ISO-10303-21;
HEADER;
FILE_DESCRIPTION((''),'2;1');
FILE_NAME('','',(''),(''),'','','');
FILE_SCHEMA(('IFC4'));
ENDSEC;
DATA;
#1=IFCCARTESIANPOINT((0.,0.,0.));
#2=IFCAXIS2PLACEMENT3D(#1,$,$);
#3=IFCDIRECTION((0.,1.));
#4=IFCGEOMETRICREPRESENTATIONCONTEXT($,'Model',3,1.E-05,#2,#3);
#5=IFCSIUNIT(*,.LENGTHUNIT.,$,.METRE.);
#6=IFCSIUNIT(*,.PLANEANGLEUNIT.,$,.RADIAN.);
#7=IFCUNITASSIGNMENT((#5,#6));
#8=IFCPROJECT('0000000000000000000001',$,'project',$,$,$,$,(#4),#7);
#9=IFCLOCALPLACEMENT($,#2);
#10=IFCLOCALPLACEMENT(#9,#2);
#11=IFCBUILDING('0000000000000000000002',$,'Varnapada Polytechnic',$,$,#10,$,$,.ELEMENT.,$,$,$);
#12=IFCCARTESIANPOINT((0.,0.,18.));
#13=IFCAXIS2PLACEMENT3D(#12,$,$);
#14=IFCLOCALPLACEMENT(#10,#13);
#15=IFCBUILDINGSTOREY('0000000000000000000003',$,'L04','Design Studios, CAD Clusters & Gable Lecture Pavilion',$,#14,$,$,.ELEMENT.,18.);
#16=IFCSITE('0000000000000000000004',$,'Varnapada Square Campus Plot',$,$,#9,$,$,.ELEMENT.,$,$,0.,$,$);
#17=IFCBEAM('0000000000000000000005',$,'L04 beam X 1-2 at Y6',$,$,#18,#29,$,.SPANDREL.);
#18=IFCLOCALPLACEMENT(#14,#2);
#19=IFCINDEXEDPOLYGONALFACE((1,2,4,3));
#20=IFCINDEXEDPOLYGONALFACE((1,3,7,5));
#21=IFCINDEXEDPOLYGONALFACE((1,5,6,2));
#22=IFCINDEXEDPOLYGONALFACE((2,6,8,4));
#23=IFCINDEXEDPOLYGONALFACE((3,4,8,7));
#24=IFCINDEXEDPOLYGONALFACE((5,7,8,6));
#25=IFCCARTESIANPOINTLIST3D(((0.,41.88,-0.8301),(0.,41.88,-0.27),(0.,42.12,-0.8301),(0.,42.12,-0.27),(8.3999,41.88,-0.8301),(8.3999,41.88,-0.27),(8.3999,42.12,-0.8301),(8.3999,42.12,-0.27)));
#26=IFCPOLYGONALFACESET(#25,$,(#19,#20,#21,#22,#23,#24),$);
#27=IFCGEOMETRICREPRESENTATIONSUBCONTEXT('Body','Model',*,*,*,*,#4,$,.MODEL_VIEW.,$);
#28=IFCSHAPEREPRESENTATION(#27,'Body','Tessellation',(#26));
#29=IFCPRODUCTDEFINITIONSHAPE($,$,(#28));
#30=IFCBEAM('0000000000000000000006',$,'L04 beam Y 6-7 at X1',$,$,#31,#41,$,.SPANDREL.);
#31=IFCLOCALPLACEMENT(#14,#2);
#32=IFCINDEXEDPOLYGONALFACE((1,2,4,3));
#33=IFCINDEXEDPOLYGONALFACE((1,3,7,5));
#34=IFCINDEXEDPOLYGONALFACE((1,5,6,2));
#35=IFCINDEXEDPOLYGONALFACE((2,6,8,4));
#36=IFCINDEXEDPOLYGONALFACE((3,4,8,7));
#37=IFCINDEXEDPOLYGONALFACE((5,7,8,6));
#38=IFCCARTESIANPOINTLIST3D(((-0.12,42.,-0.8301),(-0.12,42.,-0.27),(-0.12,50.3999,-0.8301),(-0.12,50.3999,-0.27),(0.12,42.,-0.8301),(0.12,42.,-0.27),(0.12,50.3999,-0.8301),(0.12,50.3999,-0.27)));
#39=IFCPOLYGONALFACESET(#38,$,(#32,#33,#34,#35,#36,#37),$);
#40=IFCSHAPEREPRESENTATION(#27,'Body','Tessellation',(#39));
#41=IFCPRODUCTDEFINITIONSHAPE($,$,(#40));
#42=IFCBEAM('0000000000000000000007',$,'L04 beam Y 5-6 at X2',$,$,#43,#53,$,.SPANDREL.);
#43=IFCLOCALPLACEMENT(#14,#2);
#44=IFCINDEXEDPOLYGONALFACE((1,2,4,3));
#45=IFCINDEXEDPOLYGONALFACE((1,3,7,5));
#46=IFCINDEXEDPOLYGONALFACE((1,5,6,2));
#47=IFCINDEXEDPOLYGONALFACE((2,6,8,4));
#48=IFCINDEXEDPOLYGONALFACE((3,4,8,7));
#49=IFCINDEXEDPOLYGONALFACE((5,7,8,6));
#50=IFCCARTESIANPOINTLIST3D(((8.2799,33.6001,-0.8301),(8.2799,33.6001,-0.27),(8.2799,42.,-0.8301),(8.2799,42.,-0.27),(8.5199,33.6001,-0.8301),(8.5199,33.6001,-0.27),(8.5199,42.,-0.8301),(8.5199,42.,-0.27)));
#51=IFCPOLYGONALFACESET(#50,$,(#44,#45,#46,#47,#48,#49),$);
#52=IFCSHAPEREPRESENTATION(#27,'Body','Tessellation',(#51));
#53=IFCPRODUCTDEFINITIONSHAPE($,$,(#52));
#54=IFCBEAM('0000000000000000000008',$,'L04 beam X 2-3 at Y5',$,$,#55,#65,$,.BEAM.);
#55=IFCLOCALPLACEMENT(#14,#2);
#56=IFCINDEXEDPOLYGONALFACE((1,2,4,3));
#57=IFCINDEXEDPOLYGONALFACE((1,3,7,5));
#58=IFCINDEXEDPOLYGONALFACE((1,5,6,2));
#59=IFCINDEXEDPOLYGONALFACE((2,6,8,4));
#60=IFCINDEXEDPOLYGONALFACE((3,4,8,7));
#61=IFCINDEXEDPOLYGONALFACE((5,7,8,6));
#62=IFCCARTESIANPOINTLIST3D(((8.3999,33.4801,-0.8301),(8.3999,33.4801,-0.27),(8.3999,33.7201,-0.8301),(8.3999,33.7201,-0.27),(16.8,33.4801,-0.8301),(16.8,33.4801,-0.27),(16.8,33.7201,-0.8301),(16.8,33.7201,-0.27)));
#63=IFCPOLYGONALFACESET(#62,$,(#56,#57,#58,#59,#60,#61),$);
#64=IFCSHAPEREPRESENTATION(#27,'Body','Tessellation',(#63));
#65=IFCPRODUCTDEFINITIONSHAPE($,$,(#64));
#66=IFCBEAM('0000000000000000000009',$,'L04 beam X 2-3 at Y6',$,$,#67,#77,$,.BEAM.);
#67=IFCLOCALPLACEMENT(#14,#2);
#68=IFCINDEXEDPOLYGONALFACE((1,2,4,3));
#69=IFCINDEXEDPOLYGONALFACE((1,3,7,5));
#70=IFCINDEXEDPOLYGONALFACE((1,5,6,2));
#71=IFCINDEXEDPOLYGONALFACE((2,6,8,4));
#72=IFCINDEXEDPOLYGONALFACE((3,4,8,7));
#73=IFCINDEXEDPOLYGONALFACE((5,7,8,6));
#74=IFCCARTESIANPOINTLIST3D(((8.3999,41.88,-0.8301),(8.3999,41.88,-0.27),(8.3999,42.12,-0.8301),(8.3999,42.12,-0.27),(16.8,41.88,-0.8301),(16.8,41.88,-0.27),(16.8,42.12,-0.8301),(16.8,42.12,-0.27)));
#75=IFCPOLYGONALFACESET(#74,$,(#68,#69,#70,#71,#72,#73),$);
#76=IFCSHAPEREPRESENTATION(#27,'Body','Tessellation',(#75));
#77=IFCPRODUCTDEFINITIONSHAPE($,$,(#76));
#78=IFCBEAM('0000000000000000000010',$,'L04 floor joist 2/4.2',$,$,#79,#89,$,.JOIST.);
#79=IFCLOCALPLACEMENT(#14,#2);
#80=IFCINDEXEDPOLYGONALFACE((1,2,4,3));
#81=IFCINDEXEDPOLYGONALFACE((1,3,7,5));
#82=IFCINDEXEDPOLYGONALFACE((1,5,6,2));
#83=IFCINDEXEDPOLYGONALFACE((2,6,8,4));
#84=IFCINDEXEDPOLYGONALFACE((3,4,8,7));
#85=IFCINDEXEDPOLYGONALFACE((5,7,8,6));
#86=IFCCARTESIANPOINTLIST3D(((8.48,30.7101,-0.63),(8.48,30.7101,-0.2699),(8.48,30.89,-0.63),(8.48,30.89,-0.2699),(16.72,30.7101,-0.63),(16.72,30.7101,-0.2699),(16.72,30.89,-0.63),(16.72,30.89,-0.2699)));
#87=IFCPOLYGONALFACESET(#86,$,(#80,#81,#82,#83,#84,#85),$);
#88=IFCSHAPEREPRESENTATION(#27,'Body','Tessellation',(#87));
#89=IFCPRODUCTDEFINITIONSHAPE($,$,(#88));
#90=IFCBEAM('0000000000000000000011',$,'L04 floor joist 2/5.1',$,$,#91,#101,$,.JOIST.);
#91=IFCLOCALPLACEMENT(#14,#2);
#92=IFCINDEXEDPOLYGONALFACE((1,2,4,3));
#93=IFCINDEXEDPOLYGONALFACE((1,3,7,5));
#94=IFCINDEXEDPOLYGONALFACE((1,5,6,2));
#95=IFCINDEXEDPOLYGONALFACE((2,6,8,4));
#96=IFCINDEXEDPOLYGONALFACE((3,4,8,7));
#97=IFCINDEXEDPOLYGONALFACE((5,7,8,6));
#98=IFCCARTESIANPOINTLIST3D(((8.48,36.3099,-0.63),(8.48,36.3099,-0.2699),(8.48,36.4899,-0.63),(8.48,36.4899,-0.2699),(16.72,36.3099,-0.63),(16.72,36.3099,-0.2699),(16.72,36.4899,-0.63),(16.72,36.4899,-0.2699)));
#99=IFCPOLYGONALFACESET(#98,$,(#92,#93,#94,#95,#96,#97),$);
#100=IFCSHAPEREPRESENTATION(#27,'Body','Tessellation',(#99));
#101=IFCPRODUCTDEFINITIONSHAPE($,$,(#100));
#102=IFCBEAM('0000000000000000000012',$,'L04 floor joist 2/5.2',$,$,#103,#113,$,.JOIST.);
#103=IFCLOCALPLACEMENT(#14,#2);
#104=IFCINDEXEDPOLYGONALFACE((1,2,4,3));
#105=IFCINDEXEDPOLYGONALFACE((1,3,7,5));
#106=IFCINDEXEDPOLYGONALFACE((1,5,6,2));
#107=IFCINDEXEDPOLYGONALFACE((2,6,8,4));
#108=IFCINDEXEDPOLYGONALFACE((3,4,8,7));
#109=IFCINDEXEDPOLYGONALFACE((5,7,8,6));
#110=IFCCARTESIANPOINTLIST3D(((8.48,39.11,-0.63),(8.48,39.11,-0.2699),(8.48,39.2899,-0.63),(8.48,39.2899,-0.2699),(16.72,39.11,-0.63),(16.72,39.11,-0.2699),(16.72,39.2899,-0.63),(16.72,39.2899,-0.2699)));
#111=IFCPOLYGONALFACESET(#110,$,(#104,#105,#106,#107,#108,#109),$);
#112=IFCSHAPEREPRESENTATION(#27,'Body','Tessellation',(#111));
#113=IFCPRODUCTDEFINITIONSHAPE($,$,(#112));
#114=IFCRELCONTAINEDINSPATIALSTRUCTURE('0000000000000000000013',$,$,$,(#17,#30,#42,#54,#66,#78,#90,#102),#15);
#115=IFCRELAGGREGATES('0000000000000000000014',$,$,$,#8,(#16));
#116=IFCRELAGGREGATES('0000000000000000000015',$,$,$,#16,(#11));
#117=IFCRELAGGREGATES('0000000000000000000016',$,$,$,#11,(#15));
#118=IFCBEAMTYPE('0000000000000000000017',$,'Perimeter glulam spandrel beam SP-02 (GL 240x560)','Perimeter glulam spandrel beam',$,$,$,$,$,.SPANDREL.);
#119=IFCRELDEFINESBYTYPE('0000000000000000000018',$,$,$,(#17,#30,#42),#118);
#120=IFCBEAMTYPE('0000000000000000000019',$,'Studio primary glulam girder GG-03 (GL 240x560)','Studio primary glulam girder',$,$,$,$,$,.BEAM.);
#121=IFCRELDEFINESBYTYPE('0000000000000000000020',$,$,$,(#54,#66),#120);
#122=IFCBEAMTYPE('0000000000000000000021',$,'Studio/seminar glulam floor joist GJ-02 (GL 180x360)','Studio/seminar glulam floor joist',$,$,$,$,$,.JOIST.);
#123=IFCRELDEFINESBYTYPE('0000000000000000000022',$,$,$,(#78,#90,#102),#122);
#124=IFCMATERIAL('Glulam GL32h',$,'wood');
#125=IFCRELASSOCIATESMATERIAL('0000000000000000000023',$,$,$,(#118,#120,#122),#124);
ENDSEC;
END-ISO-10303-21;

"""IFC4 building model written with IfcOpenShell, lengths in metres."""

from ifc_helpers import new_model, si_unit, direction, frame, origin, origin_2d, place, context, subcontext, project, spatial, rectangle, extrude, material, material_profile, profile_set, type_object, element, save


model = new_model("IFC4")

# Units and contexts
model_context = context("Model", 3, precision=1e-05, world=origin(), true_north=direction((0.0, 1.0)))
body_context = subcontext(model_context, "Body", "Model", "MODEL_VIEW")
ifc_project = project(units=[si_unit("LENGTHUNIT", "METRE"), si_unit("PLANEANGLEUNIT", "RADIAN")], contexts=[model_context])

# Site, building, storey
site_placement = place(None, origin())
site = spatial("IfcSite", under=ifc_project, at=site_placement, Name="Varnapada Square Campus Plot", CompositionType="ELEMENT", RefElevation=0.0)
building_placement = place(site_placement, origin())
building = spatial("IfcBuilding", under=site, at=building_placement, Name="Varnapada Polytechnic", CompositionType="ELEMENT")
storey_placement = place(building_placement, frame((0.0, 0.0, 18.0)))
storey = spatial("IfcBuildingStorey", under=building, at=storey_placement, Name="L04", Description="Design Studios, CAD Clusters & Gable Lecture Pavilion", CompositionType="ELEMENT", Elevation=18.0)

# Beams
ifc_material_1 = material(Name="Glulam GL32h", Category="wood")
ifc_material_profile_1 = material_profile(ifc_material_1, rectangle(XDim=0.24, YDim=0.5601, at=origin_2d()), Name="GL 240x560")
ifc_profile_set_1 = profile_set([ifc_material_profile_1], Name="Glulam GL32h")
beam_type_1 = type_object("IfcBeamType", Name="Perimeter glulam spandrel beam SP-02 (GL 240x560)", Description="Perimeter glulam spandrel beam", PredefinedType="SPANDREL", material=ifc_profile_set_1)
for number, where, z_axis, x_axis, name in (
    (1, (0.0, 42.0, -0.55), (1.0, 0.0, 0.0), (0.0, 1.0, 0.0), "L04 beam X 1-2 at Y6"),
    (2, (0.0, 42.0, -0.55), (0.0, 1.0, 0.0), (-1.0, 0.0, 0.0), "L04 beam Y 6-7 at X1"),
    (3, (8.3999, 33.6001, -0.55), (0.0, 1.0, 0.0), (-1.0, 0.0, 0.0), "L04 beam Y 5-6 at X2"),
):
    element("IfcBeam", number, at=place(storey_placement, frame(where, z_axis=z_axis, x_axis=x_axis)), inside=storey, type_object=beam_type_1, Name=name, PredefinedType="SPANDREL", context=body_context, shape_type="SweptSolid", body=[
        extrude(rectangle(XDim=0.24, YDim=0.5601, at=origin_2d()), origin(), (0.0, 0.0, 1.0), 8.3999),
    ])
ifc_material_profile_2 = material_profile(ifc_material_1, rectangle(XDim=0.24, YDim=0.5601, at=origin_2d()), Name="GL 240x560")
ifc_profile_set_2 = profile_set([ifc_material_profile_2], Name="Glulam GL32h")
beam_type_2 = type_object("IfcBeamType", Name="Studio primary glulam girder GG-03 (GL 240x560)", Description="Studio primary glulam girder", PredefinedType="BEAM", material=ifc_profile_set_2)
for number, where, z_axis, x_axis, name in (
    (4, (8.3999, 33.6001, -0.55), (1.0, 0.0, 0.0), (0.0, 1.0, 0.0), "L04 beam X 2-3 at Y5"),
    (5, (8.3999, 42.0, -0.55), (1.0, 0.0, 0.0), (0.0, 1.0, 0.0), "L04 beam X 2-3 at Y6"),
):
    element("IfcBeam", number, at=place(storey_placement, frame(where, z_axis=z_axis, x_axis=x_axis)), inside=storey, type_object=beam_type_2, Name=name, PredefinedType="BEAM", context=body_context, shape_type="SweptSolid", body=[
        extrude(rectangle(XDim=0.24, YDim=0.5601, at=origin_2d()), origin(), (0.0, 0.0, 1.0), 8.4001),
    ])
ifc_material_profile_3 = material_profile(ifc_material_1, rectangle(XDim=0.1799, YDim=0.3601, at=origin_2d()), Name="GL 180x360")
ifc_profile_set_3 = profile_set([ifc_material_profile_3], Name="Glulam GL32h")
beam_type_3 = type_object("IfcBeamType", Name="Studio/seminar glulam floor joist GJ-02 (GL 180x360)", Description="Studio/seminar glulam floor joist", PredefinedType="JOIST", material=ifc_profile_set_3)
for number, where, z_axis, x_axis, name in (
    (6, (8.48, 30.8, -0.45), (1.0, 0.0, 0.0), (0.0, 1.0, 0.0), "L04 floor joist 2/4.2"),
    (7, (8.48, 36.3999, -0.45), (1.0, 0.0, 0.0), (0.0, 1.0, 0.0), "L04 floor joist 2/5.1"),
    (8, (8.48, 39.2, -0.45), (1.0, 0.0, 0.0), (0.0, 1.0, 0.0), "L04 floor joist 2/5.2"),
):
    element("IfcBeam", number, at=place(storey_placement, frame(where, z_axis=z_axis, x_axis=x_axis)), inside=storey, type_object=beam_type_3, Name=name, PredefinedType="JOIST", context=body_context, shape_type="SweptSolid", body=[
        extrude(rectangle(XDim=0.1799, YDim=0.3601, at=origin_2d()), origin(), (0.0, 0.0, 1.0), 8.24),
    ])

save(model, "model.ifc")
